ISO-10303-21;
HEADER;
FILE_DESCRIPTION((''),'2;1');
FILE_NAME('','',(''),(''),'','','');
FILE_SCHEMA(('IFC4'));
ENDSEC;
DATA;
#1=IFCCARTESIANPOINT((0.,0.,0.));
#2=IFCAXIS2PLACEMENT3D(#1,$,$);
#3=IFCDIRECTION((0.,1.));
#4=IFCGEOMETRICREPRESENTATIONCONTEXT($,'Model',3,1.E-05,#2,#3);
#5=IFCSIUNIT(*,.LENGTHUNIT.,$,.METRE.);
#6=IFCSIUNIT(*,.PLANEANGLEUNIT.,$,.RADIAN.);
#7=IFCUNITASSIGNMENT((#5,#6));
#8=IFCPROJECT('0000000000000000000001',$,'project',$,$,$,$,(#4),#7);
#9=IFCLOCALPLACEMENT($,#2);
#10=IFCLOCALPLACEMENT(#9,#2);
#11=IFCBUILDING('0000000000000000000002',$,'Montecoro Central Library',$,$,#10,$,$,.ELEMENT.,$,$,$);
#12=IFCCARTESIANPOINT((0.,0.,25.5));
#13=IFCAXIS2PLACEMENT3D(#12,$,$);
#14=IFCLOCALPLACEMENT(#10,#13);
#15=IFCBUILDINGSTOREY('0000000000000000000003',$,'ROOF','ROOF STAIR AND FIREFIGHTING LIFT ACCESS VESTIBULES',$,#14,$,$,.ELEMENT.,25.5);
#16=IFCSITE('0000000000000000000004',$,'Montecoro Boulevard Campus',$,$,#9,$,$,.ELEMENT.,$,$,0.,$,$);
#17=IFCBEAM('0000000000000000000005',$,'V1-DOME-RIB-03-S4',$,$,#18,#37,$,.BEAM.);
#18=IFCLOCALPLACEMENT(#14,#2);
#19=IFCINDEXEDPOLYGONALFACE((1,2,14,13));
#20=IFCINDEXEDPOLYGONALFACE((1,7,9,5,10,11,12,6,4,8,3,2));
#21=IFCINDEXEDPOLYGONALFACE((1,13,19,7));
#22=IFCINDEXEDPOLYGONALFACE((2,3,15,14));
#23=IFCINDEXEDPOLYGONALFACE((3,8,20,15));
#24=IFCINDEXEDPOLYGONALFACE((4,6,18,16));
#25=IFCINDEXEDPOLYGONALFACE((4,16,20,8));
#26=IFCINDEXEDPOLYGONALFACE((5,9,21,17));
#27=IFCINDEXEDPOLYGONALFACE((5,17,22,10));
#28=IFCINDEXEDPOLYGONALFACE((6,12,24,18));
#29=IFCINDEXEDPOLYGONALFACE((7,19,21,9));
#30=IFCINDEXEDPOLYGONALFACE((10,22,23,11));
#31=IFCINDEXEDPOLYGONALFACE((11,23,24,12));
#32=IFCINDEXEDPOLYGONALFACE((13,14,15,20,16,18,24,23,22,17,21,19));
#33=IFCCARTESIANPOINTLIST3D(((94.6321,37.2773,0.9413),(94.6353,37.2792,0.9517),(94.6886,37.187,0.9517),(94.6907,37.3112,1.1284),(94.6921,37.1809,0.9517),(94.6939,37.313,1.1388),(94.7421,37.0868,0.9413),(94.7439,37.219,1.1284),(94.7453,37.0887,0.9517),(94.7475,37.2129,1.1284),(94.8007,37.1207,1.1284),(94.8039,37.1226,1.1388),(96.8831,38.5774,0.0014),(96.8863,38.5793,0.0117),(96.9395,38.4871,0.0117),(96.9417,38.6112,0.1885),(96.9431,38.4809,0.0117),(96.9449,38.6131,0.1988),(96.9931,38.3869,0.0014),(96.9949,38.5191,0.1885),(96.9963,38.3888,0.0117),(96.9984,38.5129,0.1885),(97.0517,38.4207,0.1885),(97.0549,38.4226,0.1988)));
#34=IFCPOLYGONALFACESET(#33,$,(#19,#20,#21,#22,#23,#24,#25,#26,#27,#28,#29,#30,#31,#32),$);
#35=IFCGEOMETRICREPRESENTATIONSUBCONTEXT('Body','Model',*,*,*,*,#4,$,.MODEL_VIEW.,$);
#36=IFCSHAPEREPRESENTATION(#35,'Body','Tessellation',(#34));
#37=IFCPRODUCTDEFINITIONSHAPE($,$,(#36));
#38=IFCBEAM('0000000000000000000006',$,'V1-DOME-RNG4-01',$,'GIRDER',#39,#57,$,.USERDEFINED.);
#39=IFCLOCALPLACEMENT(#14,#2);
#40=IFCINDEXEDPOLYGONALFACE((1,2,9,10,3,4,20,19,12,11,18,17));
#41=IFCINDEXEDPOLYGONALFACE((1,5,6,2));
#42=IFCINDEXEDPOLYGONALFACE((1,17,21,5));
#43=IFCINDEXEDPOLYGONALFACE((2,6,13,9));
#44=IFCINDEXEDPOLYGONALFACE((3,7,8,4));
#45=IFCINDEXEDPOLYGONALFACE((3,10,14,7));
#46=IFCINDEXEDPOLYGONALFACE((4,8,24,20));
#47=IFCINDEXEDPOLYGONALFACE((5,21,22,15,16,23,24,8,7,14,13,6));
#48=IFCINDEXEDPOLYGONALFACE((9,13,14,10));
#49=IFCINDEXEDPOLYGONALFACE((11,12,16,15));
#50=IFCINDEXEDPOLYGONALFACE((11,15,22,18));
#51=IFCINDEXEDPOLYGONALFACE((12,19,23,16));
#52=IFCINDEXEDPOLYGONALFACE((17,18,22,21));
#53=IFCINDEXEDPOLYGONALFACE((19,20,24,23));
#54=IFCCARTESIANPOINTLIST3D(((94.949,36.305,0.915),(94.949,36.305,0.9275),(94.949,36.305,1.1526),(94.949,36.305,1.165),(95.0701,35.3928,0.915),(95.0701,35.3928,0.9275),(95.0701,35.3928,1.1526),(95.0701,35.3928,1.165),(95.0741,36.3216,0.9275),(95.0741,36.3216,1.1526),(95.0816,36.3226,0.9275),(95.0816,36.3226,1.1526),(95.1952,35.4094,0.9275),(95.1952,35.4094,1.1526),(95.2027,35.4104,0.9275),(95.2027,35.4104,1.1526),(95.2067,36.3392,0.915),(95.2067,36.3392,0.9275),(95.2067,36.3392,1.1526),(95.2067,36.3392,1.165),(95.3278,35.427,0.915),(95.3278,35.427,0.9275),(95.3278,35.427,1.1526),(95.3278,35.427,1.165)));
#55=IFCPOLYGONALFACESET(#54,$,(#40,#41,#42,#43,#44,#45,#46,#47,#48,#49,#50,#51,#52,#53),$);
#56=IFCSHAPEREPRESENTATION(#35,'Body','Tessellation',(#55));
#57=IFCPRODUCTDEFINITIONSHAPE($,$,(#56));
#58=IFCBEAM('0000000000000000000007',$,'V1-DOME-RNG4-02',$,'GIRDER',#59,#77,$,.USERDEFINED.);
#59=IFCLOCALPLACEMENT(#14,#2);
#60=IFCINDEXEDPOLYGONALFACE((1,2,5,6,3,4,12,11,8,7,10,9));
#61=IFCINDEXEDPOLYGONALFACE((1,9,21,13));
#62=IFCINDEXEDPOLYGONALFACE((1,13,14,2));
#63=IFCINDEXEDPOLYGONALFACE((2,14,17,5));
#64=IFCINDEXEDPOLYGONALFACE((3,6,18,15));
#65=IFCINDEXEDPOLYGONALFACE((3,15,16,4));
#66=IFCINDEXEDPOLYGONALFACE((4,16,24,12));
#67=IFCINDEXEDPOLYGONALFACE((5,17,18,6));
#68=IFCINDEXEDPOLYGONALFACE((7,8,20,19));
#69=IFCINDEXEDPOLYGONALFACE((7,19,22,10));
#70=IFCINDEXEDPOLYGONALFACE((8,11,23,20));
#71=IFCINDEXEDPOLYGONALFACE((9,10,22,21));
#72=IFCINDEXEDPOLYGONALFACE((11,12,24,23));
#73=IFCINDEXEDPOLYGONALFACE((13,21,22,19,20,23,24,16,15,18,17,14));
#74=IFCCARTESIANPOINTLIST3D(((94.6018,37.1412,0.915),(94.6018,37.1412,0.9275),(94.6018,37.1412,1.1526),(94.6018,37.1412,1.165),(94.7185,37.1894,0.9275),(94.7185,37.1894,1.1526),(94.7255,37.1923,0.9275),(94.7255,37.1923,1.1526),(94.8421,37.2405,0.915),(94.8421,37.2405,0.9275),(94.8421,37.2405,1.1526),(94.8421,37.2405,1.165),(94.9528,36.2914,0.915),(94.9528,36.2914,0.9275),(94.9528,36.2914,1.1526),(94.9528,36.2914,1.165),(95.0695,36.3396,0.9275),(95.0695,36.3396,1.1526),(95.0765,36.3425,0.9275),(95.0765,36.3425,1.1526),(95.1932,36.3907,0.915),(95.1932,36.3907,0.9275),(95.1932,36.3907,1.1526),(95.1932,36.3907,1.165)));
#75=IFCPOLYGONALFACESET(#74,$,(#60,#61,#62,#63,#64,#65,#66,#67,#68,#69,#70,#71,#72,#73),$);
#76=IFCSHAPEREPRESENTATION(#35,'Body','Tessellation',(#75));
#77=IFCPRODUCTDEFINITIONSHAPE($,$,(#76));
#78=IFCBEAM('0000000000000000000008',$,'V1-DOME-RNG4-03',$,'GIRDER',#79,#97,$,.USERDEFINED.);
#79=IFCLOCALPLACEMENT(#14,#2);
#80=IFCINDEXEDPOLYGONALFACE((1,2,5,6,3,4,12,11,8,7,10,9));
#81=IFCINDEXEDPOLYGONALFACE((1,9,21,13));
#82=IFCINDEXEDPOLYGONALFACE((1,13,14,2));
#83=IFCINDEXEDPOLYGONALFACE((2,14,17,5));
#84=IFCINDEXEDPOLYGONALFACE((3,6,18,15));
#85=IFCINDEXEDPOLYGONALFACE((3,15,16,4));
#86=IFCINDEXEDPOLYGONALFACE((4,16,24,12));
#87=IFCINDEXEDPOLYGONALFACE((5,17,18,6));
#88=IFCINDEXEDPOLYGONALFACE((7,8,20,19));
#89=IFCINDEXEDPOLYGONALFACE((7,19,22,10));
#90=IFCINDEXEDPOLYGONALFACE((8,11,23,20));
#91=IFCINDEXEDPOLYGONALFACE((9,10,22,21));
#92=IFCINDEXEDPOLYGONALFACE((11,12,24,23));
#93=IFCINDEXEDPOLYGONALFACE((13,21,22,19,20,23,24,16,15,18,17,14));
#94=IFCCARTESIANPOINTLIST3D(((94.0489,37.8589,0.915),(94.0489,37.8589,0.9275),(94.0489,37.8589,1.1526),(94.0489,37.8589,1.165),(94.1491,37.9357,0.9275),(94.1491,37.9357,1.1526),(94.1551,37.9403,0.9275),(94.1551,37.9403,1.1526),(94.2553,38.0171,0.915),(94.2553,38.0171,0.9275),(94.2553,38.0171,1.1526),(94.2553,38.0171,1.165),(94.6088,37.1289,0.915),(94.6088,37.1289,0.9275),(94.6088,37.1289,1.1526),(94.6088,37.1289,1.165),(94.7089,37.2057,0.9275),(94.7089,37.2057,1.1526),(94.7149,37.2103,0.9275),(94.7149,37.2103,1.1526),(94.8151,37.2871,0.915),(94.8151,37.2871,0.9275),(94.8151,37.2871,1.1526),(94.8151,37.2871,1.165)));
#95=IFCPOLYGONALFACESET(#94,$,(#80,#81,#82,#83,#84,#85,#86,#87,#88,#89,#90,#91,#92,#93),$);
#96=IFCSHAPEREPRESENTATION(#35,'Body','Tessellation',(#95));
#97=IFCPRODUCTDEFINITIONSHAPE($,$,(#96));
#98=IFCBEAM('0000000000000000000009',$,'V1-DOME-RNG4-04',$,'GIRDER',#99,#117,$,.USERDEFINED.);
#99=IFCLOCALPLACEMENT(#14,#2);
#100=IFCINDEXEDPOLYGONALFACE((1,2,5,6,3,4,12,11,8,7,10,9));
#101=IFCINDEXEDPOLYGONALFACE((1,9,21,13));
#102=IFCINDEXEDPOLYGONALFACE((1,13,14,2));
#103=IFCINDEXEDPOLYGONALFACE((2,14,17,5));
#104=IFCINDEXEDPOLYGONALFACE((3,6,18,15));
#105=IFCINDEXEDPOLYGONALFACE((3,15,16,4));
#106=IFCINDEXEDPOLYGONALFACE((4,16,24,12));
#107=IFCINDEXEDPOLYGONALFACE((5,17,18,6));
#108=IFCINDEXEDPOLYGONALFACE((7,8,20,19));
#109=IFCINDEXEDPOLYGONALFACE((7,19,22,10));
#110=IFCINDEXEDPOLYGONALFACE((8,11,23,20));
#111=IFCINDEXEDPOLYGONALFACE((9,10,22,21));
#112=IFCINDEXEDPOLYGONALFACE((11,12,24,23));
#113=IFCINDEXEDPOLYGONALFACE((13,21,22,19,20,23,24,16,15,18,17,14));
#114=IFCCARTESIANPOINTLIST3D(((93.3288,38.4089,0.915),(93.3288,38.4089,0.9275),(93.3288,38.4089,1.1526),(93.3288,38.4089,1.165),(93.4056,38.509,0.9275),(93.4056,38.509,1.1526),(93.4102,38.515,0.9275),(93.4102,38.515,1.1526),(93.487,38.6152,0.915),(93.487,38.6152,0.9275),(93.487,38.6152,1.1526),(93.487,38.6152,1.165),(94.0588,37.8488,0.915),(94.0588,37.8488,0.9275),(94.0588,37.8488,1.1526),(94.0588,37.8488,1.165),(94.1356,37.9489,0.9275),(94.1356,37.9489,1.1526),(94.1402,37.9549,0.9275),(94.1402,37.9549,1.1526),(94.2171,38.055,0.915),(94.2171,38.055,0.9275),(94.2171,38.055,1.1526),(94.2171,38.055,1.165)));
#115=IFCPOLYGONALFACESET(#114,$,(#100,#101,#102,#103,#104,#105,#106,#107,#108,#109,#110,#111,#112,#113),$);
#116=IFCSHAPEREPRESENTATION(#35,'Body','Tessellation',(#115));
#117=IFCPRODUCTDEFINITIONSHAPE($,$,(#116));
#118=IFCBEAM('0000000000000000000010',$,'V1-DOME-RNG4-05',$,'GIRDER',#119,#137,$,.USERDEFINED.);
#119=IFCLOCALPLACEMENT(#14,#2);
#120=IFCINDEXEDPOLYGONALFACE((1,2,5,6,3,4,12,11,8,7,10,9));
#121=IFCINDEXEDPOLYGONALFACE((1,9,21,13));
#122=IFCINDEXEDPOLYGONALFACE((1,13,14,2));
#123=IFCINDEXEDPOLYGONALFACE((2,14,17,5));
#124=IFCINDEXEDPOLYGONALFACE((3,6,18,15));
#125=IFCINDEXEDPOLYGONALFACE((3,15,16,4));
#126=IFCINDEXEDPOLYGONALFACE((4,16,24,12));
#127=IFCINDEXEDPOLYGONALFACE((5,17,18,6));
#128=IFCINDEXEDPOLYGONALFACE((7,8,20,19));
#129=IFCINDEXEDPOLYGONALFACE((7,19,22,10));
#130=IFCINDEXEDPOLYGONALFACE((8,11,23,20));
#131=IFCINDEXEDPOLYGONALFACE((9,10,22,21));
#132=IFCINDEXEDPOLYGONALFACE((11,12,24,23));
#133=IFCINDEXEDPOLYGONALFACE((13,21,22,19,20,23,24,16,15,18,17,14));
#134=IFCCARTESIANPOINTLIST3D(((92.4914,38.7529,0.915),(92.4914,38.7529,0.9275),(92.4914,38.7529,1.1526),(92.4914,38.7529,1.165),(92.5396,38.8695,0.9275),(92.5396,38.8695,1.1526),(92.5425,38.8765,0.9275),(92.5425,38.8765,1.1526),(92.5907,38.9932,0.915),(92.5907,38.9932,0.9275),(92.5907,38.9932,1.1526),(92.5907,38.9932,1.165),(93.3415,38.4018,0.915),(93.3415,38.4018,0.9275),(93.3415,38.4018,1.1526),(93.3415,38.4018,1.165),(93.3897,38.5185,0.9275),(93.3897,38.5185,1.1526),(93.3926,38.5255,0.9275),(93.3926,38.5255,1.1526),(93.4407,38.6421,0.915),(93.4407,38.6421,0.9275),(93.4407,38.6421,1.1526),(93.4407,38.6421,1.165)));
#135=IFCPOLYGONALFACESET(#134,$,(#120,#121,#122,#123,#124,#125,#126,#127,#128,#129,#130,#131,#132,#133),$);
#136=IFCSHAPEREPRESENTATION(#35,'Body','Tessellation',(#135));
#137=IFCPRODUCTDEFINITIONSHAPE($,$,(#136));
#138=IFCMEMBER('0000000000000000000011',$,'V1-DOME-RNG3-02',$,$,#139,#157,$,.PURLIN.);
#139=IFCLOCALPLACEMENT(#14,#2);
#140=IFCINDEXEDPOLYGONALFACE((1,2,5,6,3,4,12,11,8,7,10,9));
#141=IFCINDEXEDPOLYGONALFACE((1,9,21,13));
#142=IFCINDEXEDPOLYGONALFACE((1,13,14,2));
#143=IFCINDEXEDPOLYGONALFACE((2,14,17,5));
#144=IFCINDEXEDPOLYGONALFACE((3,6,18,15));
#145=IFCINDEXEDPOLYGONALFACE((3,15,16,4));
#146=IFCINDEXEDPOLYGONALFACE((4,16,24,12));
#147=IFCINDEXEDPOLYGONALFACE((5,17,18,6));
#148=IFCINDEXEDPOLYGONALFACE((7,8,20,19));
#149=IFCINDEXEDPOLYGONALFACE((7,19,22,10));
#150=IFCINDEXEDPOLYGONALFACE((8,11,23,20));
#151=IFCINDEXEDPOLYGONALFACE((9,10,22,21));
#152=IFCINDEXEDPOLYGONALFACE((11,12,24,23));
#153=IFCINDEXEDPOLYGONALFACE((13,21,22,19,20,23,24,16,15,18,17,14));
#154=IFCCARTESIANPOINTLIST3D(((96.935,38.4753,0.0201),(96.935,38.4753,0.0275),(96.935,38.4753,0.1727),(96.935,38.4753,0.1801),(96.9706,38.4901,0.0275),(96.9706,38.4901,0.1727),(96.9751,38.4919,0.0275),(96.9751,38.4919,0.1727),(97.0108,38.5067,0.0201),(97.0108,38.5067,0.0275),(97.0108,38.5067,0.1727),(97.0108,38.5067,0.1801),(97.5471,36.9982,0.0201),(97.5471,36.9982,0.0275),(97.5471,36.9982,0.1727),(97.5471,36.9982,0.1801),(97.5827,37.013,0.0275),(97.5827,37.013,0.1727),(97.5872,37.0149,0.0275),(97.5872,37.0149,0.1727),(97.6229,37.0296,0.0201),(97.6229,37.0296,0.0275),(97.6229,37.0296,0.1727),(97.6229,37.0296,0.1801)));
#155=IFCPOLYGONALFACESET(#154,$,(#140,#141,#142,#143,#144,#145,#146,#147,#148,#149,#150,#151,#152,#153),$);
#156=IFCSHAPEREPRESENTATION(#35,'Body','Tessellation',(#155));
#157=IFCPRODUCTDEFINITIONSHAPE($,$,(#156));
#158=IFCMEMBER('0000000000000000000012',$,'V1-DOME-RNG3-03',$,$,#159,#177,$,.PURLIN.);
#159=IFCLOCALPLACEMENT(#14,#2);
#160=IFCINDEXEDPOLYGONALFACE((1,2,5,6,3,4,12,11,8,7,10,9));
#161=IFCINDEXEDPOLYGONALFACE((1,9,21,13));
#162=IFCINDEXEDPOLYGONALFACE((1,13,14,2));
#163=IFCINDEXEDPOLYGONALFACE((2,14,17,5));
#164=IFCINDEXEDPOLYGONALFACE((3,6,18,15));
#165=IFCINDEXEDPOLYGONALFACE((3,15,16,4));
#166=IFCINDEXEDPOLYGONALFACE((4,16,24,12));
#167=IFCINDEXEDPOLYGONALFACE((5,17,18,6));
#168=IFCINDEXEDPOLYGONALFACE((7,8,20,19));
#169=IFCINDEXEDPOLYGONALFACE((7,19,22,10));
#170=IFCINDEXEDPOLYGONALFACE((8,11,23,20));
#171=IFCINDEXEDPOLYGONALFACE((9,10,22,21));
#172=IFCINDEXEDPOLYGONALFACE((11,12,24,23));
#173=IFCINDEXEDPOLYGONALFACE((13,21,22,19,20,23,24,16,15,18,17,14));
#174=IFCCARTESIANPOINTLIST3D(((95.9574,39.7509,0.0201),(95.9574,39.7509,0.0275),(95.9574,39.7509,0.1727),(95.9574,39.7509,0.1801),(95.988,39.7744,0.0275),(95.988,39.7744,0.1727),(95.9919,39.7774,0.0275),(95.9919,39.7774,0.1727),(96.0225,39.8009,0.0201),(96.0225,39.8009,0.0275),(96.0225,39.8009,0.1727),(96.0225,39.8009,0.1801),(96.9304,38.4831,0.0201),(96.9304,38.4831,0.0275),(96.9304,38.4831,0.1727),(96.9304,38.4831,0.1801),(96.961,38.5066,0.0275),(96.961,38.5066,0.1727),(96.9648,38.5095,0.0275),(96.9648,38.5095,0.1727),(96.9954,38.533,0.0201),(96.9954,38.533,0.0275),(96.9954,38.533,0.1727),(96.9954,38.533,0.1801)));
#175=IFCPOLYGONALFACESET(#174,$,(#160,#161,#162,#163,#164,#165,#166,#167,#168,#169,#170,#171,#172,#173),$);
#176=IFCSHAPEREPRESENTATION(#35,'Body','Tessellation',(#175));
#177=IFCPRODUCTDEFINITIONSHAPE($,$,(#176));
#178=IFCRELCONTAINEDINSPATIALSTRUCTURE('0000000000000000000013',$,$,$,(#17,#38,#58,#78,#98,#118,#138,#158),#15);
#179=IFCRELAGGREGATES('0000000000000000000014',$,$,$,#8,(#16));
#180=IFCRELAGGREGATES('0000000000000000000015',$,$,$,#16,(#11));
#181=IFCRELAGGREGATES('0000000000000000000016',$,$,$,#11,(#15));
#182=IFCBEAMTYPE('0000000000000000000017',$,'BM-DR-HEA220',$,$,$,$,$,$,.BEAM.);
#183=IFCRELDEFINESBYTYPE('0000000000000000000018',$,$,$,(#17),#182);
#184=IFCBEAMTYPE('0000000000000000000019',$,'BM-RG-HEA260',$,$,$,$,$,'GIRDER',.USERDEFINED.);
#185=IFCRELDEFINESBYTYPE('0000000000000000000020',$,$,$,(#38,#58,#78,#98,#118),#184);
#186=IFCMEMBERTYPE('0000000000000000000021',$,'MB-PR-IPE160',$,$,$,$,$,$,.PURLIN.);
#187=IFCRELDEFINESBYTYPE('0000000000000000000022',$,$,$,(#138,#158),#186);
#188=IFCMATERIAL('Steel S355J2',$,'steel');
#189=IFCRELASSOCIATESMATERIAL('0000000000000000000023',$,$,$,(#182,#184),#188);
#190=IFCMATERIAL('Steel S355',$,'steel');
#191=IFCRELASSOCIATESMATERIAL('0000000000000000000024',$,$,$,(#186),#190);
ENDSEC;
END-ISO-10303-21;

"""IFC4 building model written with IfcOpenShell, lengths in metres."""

from ifc_helpers import new_model, si_unit, direction, frame, origin, origin_2d, place, context, subcontext, project, spatial, i_section, extrude, material, material_profile, profile_set, type_object, element, save


model = new_model("IFC4")

# Units and contexts
model_context = context("Model", 3, precision=1e-05, world=origin(), true_north=direction((0.0, 1.0)))
body_context = subcontext(model_context, "Body", "Model", "MODEL_VIEW")
ifc_project = project(units=[si_unit("LENGTHUNIT", "METRE"), si_unit("PLANEANGLEUNIT", "RADIAN")], contexts=[model_context])

# Site, building, storey
site_placement = place(None, origin())
site = spatial("IfcSite", under=ifc_project, at=site_placement, Name="Montecoro Boulevard Campus", CompositionType="ELEMENT", RefElevation=0.0)
building_placement = place(site_placement, origin())
building = spatial("IfcBuilding", under=site, at=building_placement, Name="Montecoro Central Library", CompositionType="ELEMENT")
storey_placement = place(building_placement, frame((0.0, 0.0, 25.5)))
storey = spatial("IfcBuildingStorey", under=building, at=storey_placement, Name="ROOF", Description="ROOF STAIR AND FIREFIGHTING LIFT ACCESS VESTIBULES", CompositionType="ELEMENT", Elevation=25.5)

# Beams
ifc_material_1 = material(Name="Steel S355J2", Category="steel")
ifc_material_profile_1 = material_profile(ifc_material_1, i_section(OverallWidth=0.22, OverallDepth=0.21, WebThickness=0.0071, FlangeThickness=0.011, at=origin_2d()), Name="HEA 220")
ifc_profile_set_1 = profile_set([ifc_material_profile_1], Name="Steel S355J2")
beam_type_1 = type_object("IfcBeamType", Name="BM-DR-HEA220", PredefinedType="BEAM", material=ifc_profile_set_1)
beam_1_placement = place(storey_placement, frame((96.969, 38.5, 0.1001), z_axis=(-0.814347, -0.470325, 0.340047), x_axis=(0.500129, -0.865951, 0.0)))
element("IfcBeam", 1, at=beam_1_placement, inside=storey, type_object=beam_type_1, Name="V1-DOME-RIB-03-S4", PredefinedType="BEAM", context=body_context, shape_type="SweptSolid", body=[
    extrude(i_section(OverallWidth=0.22, OverallDepth=0.21, WebThickness=0.0071, FlangeThickness=0.011, at=origin_2d()), origin(), (0.0, 0.0, 1.0), 2.7642),
])
ifc_material_profile_2 = material_profile(ifc_material_1, i_section(OverallWidth=0.26, OverallDepth=0.25, WebThickness=0.0076, FlangeThickness=0.0125, at=origin_2d()), Name="HEA 260")
ifc_profile_set_2 = profile_set([ifc_material_profile_2], Name="Steel S355J2")
beam_type_2 = type_object("IfcBeamType", Name="BM-RG-HEA260", ElementType="GIRDER", PredefinedType="USERDEFINED", material=ifc_profile_set_2)
beam_2_placement = place(storey_placement, frame((95.199, 35.4099, 1.04), z_axis=(-0.131608, 0.991302, 0.0), x_axis=(-0.991302, -0.131608, 0.0)))
element("IfcBeam", 2, at=beam_2_placement, inside=storey, type_object=beam_type_2, Name="V1-DOME-RNG4-01", ObjectType="GIRDER", PredefinedType="USERDEFINED", context=body_context, shape_type="SweptSolid", body=[
    extrude(i_section(OverallWidth=0.26, OverallDepth=0.25, WebThickness=0.0076, FlangeThickness=0.0125, at=origin_2d()), origin(), (0.0, 0.0, 1.0), 0.9202),
])
beam_3_placement = place(storey_placement, frame((95.073, 36.3411, 1.04), z_axis=(-0.381805, 0.924243, 0.0), x_axis=(-0.924243, -0.381805, 0.0)))
element("IfcBeam", 3, at=beam_3_placement, inside=storey, type_object=beam_type_2, Name="V1-DOME-RNG4-02", ObjectType="GIRDER", PredefinedType="USERDEFINED", context=body_context, shape_type="SweptSolid", body=[
    extrude(i_section(OverallWidth=0.26, OverallDepth=0.25, WebThickness=0.0076, FlangeThickness=0.0125, at=origin_2d()), origin(), (0.0, 0.0, 1.0), 0.9194),
])
beam_4_placement = place(storey_placement, frame((94.7119, 37.208, 1.04), z_axis=(-0.608543, 0.793521, 0.0), x_axis=(-0.793521, -0.608543, 0.0)))
element("IfcBeam", 4, at=beam_4_placement, inside=storey, type_object=beam_type_2, Name="V1-DOME-RNG4-03", ObjectType="GIRDER", PredefinedType="USERDEFINED", context=body_context, shape_type="SweptSolid", body=[
    extrude(i_section(OverallWidth=0.26, OverallDepth=0.25, WebThickness=0.0076, FlangeThickness=0.0125, at=origin_2d()), origin(), (0.0, 0.0, 1.0), 0.9199),
])
beam_5_placement = place(storey_placement, frame((94.1379, 37.9519, 1.04), z_axis=(-0.793393, 0.60871, 0.0), x_axis=(-0.60871, -0.793393, 0.0)))
element("IfcBeam", 5, at=beam_5_placement, inside=storey, type_object=beam_type_2, Name="V1-DOME-RNG4-04", ObjectType="GIRDER", PredefinedType="USERDEFINED", context=body_context, shape_type="SweptSolid", body=[
    extrude(i_section(OverallWidth=0.26, OverallDepth=0.25, WebThickness=0.0076, FlangeThickness=0.0125, at=origin_2d()), origin(), (0.0, 0.0, 1.0), 0.9202),
])
beam_6_placement = place(storey_placement, frame((93.3911, 38.522, 1.04), z_axis=(-0.924282, 0.381711, 0.0), x_axis=(-0.381711, -0.924282, 0.0)))
element("IfcBeam", 6, at=beam_6_placement, inside=storey, type_object=beam_type_2, Name="V1-DOME-RNG4-05", ObjectType="GIRDER", PredefinedType="USERDEFINED", context=body_context, shape_type="SweptSolid", body=[
    extrude(i_section(OverallWidth=0.26, OverallDepth=0.25, WebThickness=0.0076, FlangeThickness=0.0125, at=origin_2d()), origin(), (0.0, 0.0, 1.0), 0.9197),
])

# Members
ifc_material_2 = material(Name="Steel S355", Category="steel")
ifc_material_profile_3 = material_profile(ifc_material_2, i_section(OverallWidth=0.082, OverallDepth=0.1599, WebThickness=0.0049, FlangeThickness=0.0073, at=origin_2d()), Name="IPE 160")
ifc_profile_set_3 = profile_set([ifc_material_profile_3], Name="Steel S355")
member_type_1 = type_object("IfcMemberType", Name="MB-PR-IPE160", PredefinedType="PURLIN", material=ifc_profile_set_3)
member_1_placement = place(storey_placement, frame((97.585, 37.0139, 0.1001), z_axis=(-0.382815, 0.923825, 0.0), x_axis=(-0.923825, -0.382815, 0.0)))
element("IfcMember", 7, at=member_1_placement, inside=storey, type_object=member_type_1, Name="V1-DOME-RNG3-02", PredefinedType="PURLIN", context=body_context, shape_type="SweptSolid", body=[
    extrude(i_section(OverallWidth=0.082, OverallDepth=0.1599, WebThickness=0.0049, FlangeThickness=0.0073, at=origin_2d()), origin(), (0.0, 0.0, 1.0), 1.5989),
])
member_2_placement = place(storey_placement, frame((96.9629, 38.5081, 0.1001), z_axis=(-0.608787, 0.793333, 0.0), x_axis=(-0.793333, -0.608787, 0.0)))
element("IfcMember", 8, at=member_2_placement, inside=storey, type_object=member_type_1, Name="V1-DOME-RNG3-03", PredefinedType="PURLIN", context=body_context, shape_type="SweptSolid", body=[
    extrude(i_section(OverallWidth=0.082, OverallDepth=0.1599, WebThickness=0.0049, FlangeThickness=0.0073, at=origin_2d()), origin(), (0.0, 0.0, 1.0), 1.5981),
])

save(model, "model.ifc")
